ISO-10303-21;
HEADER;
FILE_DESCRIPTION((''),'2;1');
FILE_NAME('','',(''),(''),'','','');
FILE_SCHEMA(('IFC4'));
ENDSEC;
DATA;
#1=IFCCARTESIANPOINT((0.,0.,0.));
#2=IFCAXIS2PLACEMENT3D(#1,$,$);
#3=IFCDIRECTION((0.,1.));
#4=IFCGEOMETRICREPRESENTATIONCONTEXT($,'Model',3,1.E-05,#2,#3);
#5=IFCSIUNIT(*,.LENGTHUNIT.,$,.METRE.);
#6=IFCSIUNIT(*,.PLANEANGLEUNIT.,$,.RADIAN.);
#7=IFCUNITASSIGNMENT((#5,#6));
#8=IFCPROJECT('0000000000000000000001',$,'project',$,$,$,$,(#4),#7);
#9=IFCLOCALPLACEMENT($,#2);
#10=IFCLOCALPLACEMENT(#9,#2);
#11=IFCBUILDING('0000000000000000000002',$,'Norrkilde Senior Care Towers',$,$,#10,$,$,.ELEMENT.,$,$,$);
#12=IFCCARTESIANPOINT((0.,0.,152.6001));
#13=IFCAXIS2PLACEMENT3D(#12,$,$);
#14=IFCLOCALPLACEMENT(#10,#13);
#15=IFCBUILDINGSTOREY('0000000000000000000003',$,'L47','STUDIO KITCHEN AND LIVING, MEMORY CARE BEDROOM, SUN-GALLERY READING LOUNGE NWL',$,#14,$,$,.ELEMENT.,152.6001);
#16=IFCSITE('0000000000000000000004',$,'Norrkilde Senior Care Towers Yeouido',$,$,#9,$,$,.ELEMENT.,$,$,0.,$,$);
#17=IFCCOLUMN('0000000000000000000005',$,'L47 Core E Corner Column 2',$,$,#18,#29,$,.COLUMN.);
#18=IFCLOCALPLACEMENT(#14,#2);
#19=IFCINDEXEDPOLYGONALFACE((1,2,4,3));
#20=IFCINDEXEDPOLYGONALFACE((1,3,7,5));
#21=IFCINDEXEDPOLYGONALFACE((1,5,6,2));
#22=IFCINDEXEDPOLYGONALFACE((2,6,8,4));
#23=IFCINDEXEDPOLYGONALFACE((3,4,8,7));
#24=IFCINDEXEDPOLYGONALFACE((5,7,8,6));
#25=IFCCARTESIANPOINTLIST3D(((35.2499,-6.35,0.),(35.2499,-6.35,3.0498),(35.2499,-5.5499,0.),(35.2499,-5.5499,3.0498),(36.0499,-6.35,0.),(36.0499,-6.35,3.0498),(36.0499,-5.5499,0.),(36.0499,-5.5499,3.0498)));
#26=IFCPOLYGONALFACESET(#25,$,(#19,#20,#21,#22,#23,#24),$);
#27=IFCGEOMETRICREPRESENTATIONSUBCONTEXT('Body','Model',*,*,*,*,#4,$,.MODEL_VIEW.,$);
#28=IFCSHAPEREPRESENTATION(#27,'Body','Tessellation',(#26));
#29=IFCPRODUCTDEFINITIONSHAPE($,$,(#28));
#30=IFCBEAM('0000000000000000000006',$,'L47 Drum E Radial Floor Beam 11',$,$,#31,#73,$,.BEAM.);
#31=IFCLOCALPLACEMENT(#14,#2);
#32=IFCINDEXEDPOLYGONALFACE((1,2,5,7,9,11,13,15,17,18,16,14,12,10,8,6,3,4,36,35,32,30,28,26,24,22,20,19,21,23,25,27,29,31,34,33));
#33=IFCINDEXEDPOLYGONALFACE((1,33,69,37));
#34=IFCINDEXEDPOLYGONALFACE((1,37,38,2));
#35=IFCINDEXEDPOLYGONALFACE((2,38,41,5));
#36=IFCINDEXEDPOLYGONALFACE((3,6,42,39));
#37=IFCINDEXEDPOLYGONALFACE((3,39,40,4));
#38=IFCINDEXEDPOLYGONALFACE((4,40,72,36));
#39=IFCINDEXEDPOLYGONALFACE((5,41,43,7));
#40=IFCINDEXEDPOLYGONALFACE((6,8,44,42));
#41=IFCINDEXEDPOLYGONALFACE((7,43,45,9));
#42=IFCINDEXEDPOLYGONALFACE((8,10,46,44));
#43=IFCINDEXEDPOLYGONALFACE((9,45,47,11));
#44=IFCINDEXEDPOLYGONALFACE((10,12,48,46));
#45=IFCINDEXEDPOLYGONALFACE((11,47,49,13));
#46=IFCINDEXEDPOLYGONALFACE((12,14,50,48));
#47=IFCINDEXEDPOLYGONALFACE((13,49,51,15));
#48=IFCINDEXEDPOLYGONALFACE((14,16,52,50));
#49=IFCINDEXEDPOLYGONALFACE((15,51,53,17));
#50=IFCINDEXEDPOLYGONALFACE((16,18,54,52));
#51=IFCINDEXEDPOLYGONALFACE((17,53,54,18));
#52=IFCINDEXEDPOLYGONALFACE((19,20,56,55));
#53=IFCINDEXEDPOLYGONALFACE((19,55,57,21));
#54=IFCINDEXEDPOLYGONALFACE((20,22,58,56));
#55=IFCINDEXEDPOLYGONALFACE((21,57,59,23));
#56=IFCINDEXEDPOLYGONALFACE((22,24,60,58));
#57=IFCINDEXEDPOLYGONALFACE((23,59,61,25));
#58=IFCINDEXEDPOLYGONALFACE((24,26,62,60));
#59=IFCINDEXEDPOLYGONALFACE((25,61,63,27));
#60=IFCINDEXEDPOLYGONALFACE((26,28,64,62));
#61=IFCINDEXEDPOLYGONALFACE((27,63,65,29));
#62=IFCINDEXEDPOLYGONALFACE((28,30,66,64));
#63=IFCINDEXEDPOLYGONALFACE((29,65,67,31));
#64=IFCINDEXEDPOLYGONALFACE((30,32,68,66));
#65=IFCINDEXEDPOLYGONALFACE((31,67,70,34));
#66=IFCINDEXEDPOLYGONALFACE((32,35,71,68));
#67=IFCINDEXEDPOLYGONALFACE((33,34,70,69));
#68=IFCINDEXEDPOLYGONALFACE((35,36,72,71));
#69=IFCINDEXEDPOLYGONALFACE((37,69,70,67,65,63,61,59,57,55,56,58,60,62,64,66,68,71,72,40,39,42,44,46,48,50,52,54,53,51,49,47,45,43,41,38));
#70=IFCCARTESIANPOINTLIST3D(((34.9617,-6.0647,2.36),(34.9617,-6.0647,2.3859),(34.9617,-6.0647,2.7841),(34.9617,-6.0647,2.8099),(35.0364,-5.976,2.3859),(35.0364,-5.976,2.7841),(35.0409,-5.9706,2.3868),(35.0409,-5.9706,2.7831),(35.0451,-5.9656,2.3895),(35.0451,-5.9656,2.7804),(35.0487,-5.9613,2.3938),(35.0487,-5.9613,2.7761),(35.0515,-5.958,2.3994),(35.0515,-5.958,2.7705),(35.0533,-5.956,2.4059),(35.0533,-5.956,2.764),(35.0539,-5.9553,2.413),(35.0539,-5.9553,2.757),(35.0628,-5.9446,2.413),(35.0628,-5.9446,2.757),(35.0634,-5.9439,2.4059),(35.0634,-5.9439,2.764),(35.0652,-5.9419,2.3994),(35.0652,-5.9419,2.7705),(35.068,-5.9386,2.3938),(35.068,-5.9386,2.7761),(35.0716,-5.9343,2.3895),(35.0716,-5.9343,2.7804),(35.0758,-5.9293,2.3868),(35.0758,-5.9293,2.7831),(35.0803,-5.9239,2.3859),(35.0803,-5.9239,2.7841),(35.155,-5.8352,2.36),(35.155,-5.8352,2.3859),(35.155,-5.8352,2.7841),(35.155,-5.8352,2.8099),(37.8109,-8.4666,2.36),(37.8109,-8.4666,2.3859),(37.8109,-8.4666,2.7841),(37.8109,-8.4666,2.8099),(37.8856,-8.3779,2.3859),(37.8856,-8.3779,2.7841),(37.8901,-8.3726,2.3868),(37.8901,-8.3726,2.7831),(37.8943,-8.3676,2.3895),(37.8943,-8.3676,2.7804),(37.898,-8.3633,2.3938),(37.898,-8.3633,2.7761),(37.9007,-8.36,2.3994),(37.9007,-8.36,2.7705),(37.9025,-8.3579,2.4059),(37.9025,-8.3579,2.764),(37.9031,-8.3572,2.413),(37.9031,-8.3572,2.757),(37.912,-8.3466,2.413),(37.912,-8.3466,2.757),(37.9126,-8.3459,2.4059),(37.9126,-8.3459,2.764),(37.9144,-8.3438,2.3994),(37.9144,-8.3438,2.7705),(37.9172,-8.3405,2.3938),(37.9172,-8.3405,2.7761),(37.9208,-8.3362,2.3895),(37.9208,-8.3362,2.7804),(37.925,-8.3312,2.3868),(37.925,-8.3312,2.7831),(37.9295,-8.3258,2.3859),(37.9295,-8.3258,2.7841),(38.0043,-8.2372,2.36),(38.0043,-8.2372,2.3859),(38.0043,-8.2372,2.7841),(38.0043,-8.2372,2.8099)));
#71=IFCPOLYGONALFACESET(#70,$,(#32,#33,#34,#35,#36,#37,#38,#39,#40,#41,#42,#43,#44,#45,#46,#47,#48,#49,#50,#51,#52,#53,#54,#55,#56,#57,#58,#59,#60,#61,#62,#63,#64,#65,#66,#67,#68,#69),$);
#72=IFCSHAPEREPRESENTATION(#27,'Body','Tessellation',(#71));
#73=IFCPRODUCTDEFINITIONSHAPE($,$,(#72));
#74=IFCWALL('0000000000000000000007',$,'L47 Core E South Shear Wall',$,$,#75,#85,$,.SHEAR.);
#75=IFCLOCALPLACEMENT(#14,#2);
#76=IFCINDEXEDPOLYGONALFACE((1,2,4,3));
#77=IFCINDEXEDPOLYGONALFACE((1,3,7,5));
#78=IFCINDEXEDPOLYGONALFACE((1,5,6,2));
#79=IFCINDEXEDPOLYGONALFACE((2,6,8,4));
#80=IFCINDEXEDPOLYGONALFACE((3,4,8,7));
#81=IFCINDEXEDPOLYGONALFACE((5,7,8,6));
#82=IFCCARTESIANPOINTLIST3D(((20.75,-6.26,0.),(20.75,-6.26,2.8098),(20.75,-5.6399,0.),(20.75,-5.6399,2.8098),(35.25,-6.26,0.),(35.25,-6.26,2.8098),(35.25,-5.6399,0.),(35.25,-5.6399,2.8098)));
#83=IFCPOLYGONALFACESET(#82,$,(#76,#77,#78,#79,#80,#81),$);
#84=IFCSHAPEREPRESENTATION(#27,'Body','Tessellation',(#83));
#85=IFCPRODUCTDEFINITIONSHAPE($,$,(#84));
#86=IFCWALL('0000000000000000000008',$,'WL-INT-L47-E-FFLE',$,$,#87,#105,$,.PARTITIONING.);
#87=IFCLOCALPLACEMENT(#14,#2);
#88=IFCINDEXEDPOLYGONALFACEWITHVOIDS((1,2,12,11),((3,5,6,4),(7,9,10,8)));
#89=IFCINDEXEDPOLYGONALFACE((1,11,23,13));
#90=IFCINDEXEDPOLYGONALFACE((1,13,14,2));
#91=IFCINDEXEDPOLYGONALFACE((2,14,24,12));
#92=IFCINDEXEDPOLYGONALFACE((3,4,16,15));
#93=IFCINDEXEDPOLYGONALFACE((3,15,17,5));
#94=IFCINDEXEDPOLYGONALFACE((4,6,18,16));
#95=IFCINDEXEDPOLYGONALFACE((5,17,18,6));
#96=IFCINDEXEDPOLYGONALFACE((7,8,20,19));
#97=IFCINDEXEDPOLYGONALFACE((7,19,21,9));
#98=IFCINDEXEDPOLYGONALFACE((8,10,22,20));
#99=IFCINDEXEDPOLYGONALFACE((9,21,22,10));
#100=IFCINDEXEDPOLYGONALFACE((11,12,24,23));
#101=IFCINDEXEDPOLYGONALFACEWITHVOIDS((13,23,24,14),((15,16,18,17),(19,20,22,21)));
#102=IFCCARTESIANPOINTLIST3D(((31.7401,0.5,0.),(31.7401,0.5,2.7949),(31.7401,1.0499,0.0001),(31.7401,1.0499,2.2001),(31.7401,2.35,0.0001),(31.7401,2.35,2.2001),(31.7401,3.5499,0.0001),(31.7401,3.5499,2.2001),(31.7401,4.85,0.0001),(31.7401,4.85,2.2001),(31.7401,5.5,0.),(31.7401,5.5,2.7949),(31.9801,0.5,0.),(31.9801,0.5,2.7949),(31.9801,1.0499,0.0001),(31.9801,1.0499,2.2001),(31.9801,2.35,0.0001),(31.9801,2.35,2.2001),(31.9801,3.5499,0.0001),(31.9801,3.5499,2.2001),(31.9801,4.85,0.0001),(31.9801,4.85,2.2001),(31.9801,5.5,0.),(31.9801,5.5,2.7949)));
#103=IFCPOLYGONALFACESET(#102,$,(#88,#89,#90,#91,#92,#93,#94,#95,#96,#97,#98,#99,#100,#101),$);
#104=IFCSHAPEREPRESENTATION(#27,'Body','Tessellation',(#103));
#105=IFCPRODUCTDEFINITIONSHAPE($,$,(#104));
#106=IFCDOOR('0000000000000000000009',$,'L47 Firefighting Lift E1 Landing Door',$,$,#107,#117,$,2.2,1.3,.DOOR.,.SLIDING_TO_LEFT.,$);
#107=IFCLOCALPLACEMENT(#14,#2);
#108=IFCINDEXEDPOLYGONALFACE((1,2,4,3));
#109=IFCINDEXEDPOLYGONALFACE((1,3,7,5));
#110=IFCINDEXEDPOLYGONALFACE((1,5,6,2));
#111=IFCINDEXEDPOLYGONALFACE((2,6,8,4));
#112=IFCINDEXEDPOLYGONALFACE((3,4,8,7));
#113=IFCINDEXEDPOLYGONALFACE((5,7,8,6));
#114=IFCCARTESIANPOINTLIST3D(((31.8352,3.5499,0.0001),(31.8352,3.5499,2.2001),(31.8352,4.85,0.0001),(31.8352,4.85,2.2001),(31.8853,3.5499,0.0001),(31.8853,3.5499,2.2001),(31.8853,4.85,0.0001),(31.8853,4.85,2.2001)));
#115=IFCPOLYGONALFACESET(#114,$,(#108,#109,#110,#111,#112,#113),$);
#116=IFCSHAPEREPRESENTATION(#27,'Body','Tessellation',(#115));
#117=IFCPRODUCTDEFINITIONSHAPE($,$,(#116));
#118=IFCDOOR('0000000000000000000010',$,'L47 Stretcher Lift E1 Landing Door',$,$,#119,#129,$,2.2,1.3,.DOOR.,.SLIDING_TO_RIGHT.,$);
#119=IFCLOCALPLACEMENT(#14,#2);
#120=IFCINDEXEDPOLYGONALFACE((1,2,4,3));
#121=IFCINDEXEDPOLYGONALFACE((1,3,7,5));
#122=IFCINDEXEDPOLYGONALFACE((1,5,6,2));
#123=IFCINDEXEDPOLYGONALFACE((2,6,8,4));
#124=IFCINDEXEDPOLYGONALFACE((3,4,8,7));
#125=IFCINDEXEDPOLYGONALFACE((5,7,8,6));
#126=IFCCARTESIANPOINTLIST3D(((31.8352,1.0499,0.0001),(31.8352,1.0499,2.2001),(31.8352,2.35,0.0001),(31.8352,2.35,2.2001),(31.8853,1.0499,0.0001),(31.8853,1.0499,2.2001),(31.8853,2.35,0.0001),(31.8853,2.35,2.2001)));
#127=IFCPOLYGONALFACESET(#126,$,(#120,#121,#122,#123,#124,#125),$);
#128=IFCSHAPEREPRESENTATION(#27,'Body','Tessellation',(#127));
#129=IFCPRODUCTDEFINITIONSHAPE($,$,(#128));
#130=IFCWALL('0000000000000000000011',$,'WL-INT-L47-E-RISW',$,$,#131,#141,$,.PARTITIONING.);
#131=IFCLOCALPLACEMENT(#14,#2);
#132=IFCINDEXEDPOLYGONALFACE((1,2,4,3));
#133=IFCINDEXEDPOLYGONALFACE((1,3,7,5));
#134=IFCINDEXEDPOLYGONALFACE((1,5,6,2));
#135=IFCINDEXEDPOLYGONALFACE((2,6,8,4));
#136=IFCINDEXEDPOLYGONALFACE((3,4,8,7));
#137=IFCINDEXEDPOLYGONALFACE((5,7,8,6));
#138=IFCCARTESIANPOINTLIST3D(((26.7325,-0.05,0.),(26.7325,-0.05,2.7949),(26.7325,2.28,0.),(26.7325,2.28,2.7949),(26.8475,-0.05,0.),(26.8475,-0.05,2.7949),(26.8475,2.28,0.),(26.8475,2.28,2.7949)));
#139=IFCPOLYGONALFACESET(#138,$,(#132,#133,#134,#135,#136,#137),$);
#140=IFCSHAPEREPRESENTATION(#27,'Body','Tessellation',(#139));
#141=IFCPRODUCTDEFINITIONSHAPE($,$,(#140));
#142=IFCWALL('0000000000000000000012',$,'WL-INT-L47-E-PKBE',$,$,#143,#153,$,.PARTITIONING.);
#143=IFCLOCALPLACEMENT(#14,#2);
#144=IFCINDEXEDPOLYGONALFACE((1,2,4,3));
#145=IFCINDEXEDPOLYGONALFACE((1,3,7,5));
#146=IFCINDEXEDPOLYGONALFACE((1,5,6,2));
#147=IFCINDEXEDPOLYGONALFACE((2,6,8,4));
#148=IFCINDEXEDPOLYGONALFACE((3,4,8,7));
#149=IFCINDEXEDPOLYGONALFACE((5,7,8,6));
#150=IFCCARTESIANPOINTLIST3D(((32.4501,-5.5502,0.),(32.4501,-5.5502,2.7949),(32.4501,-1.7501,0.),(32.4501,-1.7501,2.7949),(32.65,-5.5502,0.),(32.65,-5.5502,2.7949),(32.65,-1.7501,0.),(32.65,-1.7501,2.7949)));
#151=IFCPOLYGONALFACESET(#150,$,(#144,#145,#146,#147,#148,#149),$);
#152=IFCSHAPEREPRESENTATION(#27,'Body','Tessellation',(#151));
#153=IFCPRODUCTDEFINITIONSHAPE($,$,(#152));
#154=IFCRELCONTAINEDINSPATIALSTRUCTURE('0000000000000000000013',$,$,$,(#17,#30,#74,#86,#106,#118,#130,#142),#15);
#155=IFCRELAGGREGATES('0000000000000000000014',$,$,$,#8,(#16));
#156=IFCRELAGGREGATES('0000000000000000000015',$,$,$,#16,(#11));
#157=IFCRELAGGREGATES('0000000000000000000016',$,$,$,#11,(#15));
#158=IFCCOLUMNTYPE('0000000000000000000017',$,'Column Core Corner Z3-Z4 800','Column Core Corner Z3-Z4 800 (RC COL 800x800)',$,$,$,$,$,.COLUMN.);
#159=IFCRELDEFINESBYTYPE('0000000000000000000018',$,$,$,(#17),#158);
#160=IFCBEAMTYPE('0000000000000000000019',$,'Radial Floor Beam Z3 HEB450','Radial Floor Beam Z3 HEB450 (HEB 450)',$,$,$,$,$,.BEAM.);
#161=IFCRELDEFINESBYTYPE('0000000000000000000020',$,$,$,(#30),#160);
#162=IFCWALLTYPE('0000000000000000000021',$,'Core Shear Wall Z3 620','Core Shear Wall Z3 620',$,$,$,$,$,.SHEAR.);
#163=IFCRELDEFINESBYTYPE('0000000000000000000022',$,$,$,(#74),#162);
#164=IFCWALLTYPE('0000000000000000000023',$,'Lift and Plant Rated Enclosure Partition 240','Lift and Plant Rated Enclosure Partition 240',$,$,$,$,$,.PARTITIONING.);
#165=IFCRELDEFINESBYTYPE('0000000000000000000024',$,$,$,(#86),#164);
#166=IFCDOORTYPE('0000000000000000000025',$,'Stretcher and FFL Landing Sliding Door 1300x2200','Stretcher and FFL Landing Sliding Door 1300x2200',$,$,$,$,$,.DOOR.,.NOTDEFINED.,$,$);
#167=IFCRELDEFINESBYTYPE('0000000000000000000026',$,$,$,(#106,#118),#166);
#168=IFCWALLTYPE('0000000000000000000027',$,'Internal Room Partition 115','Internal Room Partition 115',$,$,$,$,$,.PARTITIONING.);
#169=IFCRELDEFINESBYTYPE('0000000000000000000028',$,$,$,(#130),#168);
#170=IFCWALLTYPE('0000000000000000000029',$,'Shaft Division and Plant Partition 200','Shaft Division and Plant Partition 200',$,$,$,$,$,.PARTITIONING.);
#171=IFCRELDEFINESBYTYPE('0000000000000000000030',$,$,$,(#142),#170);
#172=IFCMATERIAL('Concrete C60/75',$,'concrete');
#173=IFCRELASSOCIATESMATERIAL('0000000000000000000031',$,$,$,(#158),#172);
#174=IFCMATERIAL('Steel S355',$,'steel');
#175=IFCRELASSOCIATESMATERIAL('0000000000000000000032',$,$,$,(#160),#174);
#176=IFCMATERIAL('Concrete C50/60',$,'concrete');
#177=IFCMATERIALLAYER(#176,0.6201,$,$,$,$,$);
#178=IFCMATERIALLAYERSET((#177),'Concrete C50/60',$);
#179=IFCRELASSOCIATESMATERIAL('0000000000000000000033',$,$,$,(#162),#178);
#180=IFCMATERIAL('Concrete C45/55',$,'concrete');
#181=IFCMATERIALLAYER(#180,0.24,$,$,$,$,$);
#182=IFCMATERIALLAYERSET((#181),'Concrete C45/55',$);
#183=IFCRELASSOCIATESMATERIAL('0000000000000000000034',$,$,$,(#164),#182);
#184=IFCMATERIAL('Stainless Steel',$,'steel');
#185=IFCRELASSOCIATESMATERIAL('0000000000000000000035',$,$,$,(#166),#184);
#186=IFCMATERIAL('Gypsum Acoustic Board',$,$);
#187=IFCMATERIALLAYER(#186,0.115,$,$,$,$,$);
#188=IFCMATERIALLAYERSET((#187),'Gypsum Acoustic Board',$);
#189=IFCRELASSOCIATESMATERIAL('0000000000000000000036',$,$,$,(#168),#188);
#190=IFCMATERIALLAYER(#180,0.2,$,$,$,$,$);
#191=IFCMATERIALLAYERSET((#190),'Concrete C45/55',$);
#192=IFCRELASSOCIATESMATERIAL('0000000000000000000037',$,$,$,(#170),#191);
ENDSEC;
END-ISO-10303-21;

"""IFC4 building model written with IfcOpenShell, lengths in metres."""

from ifc_helpers import new_model, si_unit, direction, frame, frame_2d, origin, origin_2d, place, context, subcontext, project, spatial, rectangle, i_section, extrude, source, transform, mapped, material, layer, layer_set, material_profile, profile_set, type_object, type_shapes, element, fill, save


model = new_model("IFC4")

# Units and contexts
model_context = context("Model", 3, precision=1e-05, world=origin(), true_north=direction((0.0, 1.0)))
body_context = subcontext(model_context, "Body", "Model", "MODEL_VIEW")
ifc_project = project(units=[si_unit("LENGTHUNIT", "METRE"), si_unit("PLANEANGLEUNIT", "RADIAN")], contexts=[model_context])

# Site, building, storey
site_placement = place(None, origin())
site = spatial("IfcSite", under=ifc_project, at=site_placement, Name="Norrkilde Senior Care Towers Yeouido", CompositionType="ELEMENT", RefElevation=0.0)
building_placement = place(site_placement, origin())
building = spatial("IfcBuilding", under=site, at=building_placement, Name="Norrkilde Senior Care Towers", CompositionType="ELEMENT")
storey_placement = place(building_placement, frame((0.0, 0.0, 152.6001)))
storey = spatial("IfcBuildingStorey", under=building, at=storey_placement, Name="L47", Description="STUDIO KITCHEN AND LIVING, MEMORY CARE BEDROOM, SUN-GALLERY READING LOUNGE NWL", CompositionType="ELEMENT", Elevation=152.6001)

# Column
ifc_material_1 = material(Name="Concrete C60/75", Category="concrete")
ifc_material_profile_1 = material_profile(ifc_material_1, rectangle(XDim=0.8, YDim=0.8, at=origin_2d()), Name="RC COL 800x800")
ifc_profile_set_1 = profile_set([ifc_material_profile_1], Name="Concrete C60/75")
column_type = type_object("IfcColumnType", Name="Column Core Corner Z3-Z4 800", Description="Column Core Corner Z3-Z4 800 (RC COL 800x800)", PredefinedType="COLUMN", material=ifc_profile_set_1)
shared_shape_1 = source(origin(), body_context, "Body", "SweptSolid", [
    extrude(rectangle(XDim=0.8, YDim=0.8, at=origin_2d()), origin(), (0.0, 0.0, 1.0), 3.0498),
])
type_shapes(column_type, [shared_shape_1])
column_placement = place(storey_placement, frame((35.6499, -5.95, 0.0), z_axis=(0.0, 0.0, 1.0), x_axis=(1.0, 0.0, 0.0)))
element("IfcColumn", 1, at=column_placement, inside=storey, type_object=column_type, Name="L47 Core E Corner Column 2", PredefinedType="COLUMN", context=body_context, shape_type="MappedRepresentation", body=[
    mapped(shared_shape_1, transform((0.0, 0.0, 0.0), x_axis=(1.0, 0.0, 0.0), y_axis=(0.0, 1.0, 0.0), z_axis=(0.0, 0.0, 1.0), scale=1.0)),
])

# Beam
ifc_material_2 = material(Name="Steel S355", Category="steel")
ifc_material_profile_2 = material_profile(ifc_material_2, i_section(OverallWidth=0.3, OverallDepth=0.45, WebThickness=0.0139, FlangeThickness=0.0259, FilletRadius=0.0271, at=origin_2d()), Name="HEB 450")
ifc_profile_set_2 = profile_set([ifc_material_profile_2], Name="Steel S355")
beam_type = type_object("IfcBeamType", Name="Radial Floor Beam Z3 HEB450", Description="Radial Floor Beam Z3 HEB450 (HEB 450)", PredefinedType="BEAM", material=ifc_profile_set_2)
shared_shape_2 = source(origin(), body_context, "Body", "SweptSolid", [
    extrude(i_section(OverallWidth=0.3, OverallDepth=0.45, WebThickness=0.0139, FlangeThickness=0.0259, FilletRadius=0.0271, at=origin_2d()), origin(), (0.0, 0.0, 1.0), 3.7266),
])
type_shapes(beam_type, [shared_shape_2])
beam_placement = place(storey_placement, frame((35.0583, -5.95, 2.585), z_axis=(0.764568, -0.644543, 0.0), x_axis=(0.644543, 0.764568, 0.0)))
element("IfcBeam", 2, at=beam_placement, inside=storey, type_object=beam_type, Name="L47 Drum E Radial Floor Beam 11", PredefinedType="BEAM", context=body_context, shape_type="MappedRepresentation", body=[
    mapped(shared_shape_2, transform((0.0, 0.0, 0.0), x_axis=(1.0, 0.0, 0.0), y_axis=(0.0, 1.0, 0.0), z_axis=(0.0, 0.0, 1.0), scale=1.0)),
])

# Wall
ifc_material_3 = material(Name="Concrete C50/60", Category="concrete")
ifc_layer_1 = layer(ifc_material_3, 0.6201)
ifc_layer_set_1 = layer_set([ifc_layer_1], Name="Concrete C50/60")
wall_type_1 = type_object("IfcWallType", Name="Core Shear Wall Z3 620", Description="Core Shear Wall Z3 620", PredefinedType="SHEAR", material=ifc_layer_set_1)
shared_shape_3 = source(origin(), body_context, "Body", "SweptSolid", [
    extrude(rectangle(XDim=14.5, YDim=0.6201, at=frame_2d((7.25, 0.0))), origin(), (0.0, 0.0, 1.0), 2.8098),
])
type_shapes(wall_type_1, [shared_shape_3])
wall_1_placement = place(storey_placement, frame((35.25, -5.95, 0.0), z_axis=(0.0, 0.0, 1.0), x_axis=(-1.0, 0.0, 0.0)))
element("IfcWall", 3, at=wall_1_placement, inside=storey, type_object=wall_type_1, Name="L47 Core E South Shear Wall", PredefinedType="SHEAR", context=body_context, shape_type="MappedRepresentation", body=[
    mapped(shared_shape_3, transform((0.0, 0.0, 0.0), x_axis=(1.0, 0.0, 0.0), y_axis=(0.0, 1.0, 0.0), z_axis=(0.0, 0.0, 1.0), scale=1.0)),
])

# Wall, openings, doors
ifc_material_4 = material(Name="Concrete C45/55", Category="concrete")
ifc_layer_2 = layer(ifc_material_4, 0.24)
ifc_layer_set_2 = layer_set([ifc_layer_2], Name="Concrete C45/55")
wall_type_2 = type_object("IfcWallType", Name="Lift and Plant Rated Enclosure Partition 240", Description="Lift and Plant Rated Enclosure Partition 240", PredefinedType="PARTITIONING", material=ifc_layer_set_2)
shared_shape_4 = source(origin(), body_context, "Body", "SweptSolid", [
    extrude(rectangle(XDim=5.0, YDim=0.24, at=frame_2d((2.5, 0.0))), origin(), (0.0, 0.0, 1.0), 2.7949),
])
wall_2_placement = place(storey_placement, frame((31.8601, 0.5, 0.0), z_axis=(0.0, 0.0, 1.0), x_axis=(0.0, 1.0, 0.0)))
wall_2 = element("IfcWall", 4, at=wall_2_placement, inside=storey, type_object=wall_type_2, Name="WL-INT-L47-E-FFLE", PredefinedType="PARTITIONING", context=body_context, shape_type="MappedRepresentation", body=[
    mapped(shared_shape_4, transform((0.0, 0.0, 0.0), x_axis=(1.0, 0.0, 0.0), y_axis=(0.0, 1.0, 0.0), z_axis=(0.0, 0.0, 1.0), scale=1.0)),
])
opening_1_placement = place(wall_2_placement, frame((3.05, 0.0, 0.0)))
opening_1 = element("IfcOpeningElement", 5, at=opening_1_placement, cuts=wall_2, PredefinedType="OPENING", context=body_context, shape_type="SweptSolid", body=[
    extrude(rectangle(XDim=1.3, YDim=2.2, at=frame_2d((0.6499, 1.1001))), frame((0.0, 0.1299, 0.0), z_axis=(0.0, -1.0, 0.0), x_axis=(1.0, 0.0, 0.0)), (0.0, 0.0, 1.0), 0.26),
])
opening_2_placement = place(wall_2_placement, frame((0.55, 0.0, 0.0)))
opening_2 = element("IfcOpeningElement", 6, at=opening_2_placement, cuts=wall_2, PredefinedType="OPENING", context=body_context, shape_type="SweptSolid", body=[
    extrude(rectangle(XDim=1.3, YDim=2.2, at=frame_2d((0.6499, 1.1001))), frame((0.0, 0.1299, 0.0), z_axis=(0.0, -1.0, 0.0), x_axis=(1.0, 0.0, 0.0)), (0.0, 0.0, 1.0), 0.26),
])
ifc_material_5 = material(Name="Stainless Steel", Category="steel")
door_type_1 = type_object("IfcDoorType", Name="Stretcher and FFL Landing Sliding Door 1300x2200", Description="Stretcher and FFL Landing Sliding Door 1300x2200", OperationType="NOTDEFINED", PredefinedType="DOOR", material=ifc_material_5)
shared_shape_5 = source(origin(), body_context, "Body", "SweptSolid", [
    extrude(rectangle(XDim=1.3, YDim=2.2, at=frame_2d((0.6499, 1.1001))), frame((0.0, 0.0249, 0.0), z_axis=(0.0, -1.0, 0.0), x_axis=(1.0, 0.0, 0.0)), (0.0, 0.0, 1.0), 0.05),
])
type_shapes(door_type_1, [shared_shape_5])
door_1_placement = place(opening_1_placement, origin())
door_1 = element("IfcDoor", 7, at=door_1_placement, inside=storey, type_object=door_type_1, Name="L47 Firefighting Lift E1 Landing Door", OperationType="SLIDING_TO_LEFT", OverallHeight=2.2, OverallWidth=1.3, PredefinedType="DOOR", context=body_context, shape_type="MappedRepresentation", body=[
    mapped(shared_shape_5, transform((0.0, 0.0, 0.0), x_axis=(1.0, 0.0, 0.0), y_axis=(0.0, 1.0, 0.0), z_axis=(0.0, 0.0, 1.0), scale=1.0)),
])
fill(opening_1, door_1)
door_2_placement = place(opening_2_placement, origin())
door_2 = element("IfcDoor", 8, at=door_2_placement, inside=storey, type_object=door_type_1, Name="L47 Stretcher Lift E1 Landing Door", OperationType="SLIDING_TO_RIGHT", OverallHeight=2.2, OverallWidth=1.3, PredefinedType="DOOR", context=body_context, shape_type="MappedRepresentation", body=[
    mapped(shared_shape_5, transform((0.0, 0.0, 0.0), x_axis=(1.0, 0.0, 0.0), y_axis=(0.0, 1.0, 0.0), z_axis=(0.0, 0.0, 1.0), scale=1.0)),
])
fill(opening_2, door_2)

# Walls
ifc_material_6 = material(Name="Gypsum Acoustic Board")
ifc_layer_3 = layer(ifc_material_6, 0.115)
ifc_layer_set_3 = layer_set([ifc_layer_3], Name="Gypsum Acoustic Board")
wall_type_3 = type_object("IfcWallType", Name="Internal Room Partition 115", Description="Internal Room Partition 115", PredefinedType="PARTITIONING", material=ifc_layer_set_3)
shared_shape_6 = source(origin(), body_context, "Body", "SweptSolid", [
    extrude(rectangle(XDim=2.3301, YDim=0.115, at=frame_2d((1.165, 0.0))), origin(), (0.0, 0.0, 1.0), 2.7949),
])
type_shapes(wall_type_3, [shared_shape_6])
wall_3_placement = place(storey_placement, frame((26.79, -0.05, 0.0), z_axis=(0.0, 0.0, 1.0), x_axis=(0.0, 1.0, 0.0)))
element("IfcWall", 9, at=wall_3_placement, inside=storey, type_object=wall_type_3, Name="WL-INT-L47-E-RISW", PredefinedType="PARTITIONING", context=body_context, shape_type="MappedRepresentation", body=[
    mapped(shared_shape_6, transform((0.0, 0.0, 0.0), x_axis=(1.0, 0.0, 0.0), y_axis=(0.0, 1.0, 0.0), z_axis=(0.0, 0.0, 1.0), scale=1.0)),
])
ifc_layer_4 = layer(ifc_material_4, 0.2)
ifc_layer_set_4 = layer_set([ifc_layer_4], Name="Concrete C45/55")
wall_type_4 = type_object("IfcWallType", Name="Shaft Division and Plant Partition 200", Description="Shaft Division and Plant Partition 200", PredefinedType="PARTITIONING", material=ifc_layer_set_4)
shared_shape_7 = source(origin(), body_context, "Body", "SweptSolid", [
    extrude(rectangle(XDim=3.8, YDim=0.2, at=frame_2d((1.8999, 0.0))), origin(), (0.0, 0.0, 1.0), 2.7949),
])
type_shapes(wall_type_4, [shared_shape_7])
wall_4_placement = place(storey_placement, frame((32.55, -5.55, 0.0), z_axis=(0.0, 0.0, 1.0), x_axis=(0.0, 1.0, 0.0)))
element("IfcWall", 10, at=wall_4_placement, inside=storey, type_object=wall_type_4, Name="WL-INT-L47-E-PKBE", PredefinedType="PARTITIONING", context=body_context, shape_type="MappedRepresentation", body=[
    mapped(shared_shape_7, transform((0.0, 0.0, 0.0), x_axis=(1.0, 0.0, 0.0), y_axis=(0.0, 1.0, 0.0), z_axis=(0.0, 0.0, 1.0), scale=1.0)),
])

save(model, "model.ifc")
